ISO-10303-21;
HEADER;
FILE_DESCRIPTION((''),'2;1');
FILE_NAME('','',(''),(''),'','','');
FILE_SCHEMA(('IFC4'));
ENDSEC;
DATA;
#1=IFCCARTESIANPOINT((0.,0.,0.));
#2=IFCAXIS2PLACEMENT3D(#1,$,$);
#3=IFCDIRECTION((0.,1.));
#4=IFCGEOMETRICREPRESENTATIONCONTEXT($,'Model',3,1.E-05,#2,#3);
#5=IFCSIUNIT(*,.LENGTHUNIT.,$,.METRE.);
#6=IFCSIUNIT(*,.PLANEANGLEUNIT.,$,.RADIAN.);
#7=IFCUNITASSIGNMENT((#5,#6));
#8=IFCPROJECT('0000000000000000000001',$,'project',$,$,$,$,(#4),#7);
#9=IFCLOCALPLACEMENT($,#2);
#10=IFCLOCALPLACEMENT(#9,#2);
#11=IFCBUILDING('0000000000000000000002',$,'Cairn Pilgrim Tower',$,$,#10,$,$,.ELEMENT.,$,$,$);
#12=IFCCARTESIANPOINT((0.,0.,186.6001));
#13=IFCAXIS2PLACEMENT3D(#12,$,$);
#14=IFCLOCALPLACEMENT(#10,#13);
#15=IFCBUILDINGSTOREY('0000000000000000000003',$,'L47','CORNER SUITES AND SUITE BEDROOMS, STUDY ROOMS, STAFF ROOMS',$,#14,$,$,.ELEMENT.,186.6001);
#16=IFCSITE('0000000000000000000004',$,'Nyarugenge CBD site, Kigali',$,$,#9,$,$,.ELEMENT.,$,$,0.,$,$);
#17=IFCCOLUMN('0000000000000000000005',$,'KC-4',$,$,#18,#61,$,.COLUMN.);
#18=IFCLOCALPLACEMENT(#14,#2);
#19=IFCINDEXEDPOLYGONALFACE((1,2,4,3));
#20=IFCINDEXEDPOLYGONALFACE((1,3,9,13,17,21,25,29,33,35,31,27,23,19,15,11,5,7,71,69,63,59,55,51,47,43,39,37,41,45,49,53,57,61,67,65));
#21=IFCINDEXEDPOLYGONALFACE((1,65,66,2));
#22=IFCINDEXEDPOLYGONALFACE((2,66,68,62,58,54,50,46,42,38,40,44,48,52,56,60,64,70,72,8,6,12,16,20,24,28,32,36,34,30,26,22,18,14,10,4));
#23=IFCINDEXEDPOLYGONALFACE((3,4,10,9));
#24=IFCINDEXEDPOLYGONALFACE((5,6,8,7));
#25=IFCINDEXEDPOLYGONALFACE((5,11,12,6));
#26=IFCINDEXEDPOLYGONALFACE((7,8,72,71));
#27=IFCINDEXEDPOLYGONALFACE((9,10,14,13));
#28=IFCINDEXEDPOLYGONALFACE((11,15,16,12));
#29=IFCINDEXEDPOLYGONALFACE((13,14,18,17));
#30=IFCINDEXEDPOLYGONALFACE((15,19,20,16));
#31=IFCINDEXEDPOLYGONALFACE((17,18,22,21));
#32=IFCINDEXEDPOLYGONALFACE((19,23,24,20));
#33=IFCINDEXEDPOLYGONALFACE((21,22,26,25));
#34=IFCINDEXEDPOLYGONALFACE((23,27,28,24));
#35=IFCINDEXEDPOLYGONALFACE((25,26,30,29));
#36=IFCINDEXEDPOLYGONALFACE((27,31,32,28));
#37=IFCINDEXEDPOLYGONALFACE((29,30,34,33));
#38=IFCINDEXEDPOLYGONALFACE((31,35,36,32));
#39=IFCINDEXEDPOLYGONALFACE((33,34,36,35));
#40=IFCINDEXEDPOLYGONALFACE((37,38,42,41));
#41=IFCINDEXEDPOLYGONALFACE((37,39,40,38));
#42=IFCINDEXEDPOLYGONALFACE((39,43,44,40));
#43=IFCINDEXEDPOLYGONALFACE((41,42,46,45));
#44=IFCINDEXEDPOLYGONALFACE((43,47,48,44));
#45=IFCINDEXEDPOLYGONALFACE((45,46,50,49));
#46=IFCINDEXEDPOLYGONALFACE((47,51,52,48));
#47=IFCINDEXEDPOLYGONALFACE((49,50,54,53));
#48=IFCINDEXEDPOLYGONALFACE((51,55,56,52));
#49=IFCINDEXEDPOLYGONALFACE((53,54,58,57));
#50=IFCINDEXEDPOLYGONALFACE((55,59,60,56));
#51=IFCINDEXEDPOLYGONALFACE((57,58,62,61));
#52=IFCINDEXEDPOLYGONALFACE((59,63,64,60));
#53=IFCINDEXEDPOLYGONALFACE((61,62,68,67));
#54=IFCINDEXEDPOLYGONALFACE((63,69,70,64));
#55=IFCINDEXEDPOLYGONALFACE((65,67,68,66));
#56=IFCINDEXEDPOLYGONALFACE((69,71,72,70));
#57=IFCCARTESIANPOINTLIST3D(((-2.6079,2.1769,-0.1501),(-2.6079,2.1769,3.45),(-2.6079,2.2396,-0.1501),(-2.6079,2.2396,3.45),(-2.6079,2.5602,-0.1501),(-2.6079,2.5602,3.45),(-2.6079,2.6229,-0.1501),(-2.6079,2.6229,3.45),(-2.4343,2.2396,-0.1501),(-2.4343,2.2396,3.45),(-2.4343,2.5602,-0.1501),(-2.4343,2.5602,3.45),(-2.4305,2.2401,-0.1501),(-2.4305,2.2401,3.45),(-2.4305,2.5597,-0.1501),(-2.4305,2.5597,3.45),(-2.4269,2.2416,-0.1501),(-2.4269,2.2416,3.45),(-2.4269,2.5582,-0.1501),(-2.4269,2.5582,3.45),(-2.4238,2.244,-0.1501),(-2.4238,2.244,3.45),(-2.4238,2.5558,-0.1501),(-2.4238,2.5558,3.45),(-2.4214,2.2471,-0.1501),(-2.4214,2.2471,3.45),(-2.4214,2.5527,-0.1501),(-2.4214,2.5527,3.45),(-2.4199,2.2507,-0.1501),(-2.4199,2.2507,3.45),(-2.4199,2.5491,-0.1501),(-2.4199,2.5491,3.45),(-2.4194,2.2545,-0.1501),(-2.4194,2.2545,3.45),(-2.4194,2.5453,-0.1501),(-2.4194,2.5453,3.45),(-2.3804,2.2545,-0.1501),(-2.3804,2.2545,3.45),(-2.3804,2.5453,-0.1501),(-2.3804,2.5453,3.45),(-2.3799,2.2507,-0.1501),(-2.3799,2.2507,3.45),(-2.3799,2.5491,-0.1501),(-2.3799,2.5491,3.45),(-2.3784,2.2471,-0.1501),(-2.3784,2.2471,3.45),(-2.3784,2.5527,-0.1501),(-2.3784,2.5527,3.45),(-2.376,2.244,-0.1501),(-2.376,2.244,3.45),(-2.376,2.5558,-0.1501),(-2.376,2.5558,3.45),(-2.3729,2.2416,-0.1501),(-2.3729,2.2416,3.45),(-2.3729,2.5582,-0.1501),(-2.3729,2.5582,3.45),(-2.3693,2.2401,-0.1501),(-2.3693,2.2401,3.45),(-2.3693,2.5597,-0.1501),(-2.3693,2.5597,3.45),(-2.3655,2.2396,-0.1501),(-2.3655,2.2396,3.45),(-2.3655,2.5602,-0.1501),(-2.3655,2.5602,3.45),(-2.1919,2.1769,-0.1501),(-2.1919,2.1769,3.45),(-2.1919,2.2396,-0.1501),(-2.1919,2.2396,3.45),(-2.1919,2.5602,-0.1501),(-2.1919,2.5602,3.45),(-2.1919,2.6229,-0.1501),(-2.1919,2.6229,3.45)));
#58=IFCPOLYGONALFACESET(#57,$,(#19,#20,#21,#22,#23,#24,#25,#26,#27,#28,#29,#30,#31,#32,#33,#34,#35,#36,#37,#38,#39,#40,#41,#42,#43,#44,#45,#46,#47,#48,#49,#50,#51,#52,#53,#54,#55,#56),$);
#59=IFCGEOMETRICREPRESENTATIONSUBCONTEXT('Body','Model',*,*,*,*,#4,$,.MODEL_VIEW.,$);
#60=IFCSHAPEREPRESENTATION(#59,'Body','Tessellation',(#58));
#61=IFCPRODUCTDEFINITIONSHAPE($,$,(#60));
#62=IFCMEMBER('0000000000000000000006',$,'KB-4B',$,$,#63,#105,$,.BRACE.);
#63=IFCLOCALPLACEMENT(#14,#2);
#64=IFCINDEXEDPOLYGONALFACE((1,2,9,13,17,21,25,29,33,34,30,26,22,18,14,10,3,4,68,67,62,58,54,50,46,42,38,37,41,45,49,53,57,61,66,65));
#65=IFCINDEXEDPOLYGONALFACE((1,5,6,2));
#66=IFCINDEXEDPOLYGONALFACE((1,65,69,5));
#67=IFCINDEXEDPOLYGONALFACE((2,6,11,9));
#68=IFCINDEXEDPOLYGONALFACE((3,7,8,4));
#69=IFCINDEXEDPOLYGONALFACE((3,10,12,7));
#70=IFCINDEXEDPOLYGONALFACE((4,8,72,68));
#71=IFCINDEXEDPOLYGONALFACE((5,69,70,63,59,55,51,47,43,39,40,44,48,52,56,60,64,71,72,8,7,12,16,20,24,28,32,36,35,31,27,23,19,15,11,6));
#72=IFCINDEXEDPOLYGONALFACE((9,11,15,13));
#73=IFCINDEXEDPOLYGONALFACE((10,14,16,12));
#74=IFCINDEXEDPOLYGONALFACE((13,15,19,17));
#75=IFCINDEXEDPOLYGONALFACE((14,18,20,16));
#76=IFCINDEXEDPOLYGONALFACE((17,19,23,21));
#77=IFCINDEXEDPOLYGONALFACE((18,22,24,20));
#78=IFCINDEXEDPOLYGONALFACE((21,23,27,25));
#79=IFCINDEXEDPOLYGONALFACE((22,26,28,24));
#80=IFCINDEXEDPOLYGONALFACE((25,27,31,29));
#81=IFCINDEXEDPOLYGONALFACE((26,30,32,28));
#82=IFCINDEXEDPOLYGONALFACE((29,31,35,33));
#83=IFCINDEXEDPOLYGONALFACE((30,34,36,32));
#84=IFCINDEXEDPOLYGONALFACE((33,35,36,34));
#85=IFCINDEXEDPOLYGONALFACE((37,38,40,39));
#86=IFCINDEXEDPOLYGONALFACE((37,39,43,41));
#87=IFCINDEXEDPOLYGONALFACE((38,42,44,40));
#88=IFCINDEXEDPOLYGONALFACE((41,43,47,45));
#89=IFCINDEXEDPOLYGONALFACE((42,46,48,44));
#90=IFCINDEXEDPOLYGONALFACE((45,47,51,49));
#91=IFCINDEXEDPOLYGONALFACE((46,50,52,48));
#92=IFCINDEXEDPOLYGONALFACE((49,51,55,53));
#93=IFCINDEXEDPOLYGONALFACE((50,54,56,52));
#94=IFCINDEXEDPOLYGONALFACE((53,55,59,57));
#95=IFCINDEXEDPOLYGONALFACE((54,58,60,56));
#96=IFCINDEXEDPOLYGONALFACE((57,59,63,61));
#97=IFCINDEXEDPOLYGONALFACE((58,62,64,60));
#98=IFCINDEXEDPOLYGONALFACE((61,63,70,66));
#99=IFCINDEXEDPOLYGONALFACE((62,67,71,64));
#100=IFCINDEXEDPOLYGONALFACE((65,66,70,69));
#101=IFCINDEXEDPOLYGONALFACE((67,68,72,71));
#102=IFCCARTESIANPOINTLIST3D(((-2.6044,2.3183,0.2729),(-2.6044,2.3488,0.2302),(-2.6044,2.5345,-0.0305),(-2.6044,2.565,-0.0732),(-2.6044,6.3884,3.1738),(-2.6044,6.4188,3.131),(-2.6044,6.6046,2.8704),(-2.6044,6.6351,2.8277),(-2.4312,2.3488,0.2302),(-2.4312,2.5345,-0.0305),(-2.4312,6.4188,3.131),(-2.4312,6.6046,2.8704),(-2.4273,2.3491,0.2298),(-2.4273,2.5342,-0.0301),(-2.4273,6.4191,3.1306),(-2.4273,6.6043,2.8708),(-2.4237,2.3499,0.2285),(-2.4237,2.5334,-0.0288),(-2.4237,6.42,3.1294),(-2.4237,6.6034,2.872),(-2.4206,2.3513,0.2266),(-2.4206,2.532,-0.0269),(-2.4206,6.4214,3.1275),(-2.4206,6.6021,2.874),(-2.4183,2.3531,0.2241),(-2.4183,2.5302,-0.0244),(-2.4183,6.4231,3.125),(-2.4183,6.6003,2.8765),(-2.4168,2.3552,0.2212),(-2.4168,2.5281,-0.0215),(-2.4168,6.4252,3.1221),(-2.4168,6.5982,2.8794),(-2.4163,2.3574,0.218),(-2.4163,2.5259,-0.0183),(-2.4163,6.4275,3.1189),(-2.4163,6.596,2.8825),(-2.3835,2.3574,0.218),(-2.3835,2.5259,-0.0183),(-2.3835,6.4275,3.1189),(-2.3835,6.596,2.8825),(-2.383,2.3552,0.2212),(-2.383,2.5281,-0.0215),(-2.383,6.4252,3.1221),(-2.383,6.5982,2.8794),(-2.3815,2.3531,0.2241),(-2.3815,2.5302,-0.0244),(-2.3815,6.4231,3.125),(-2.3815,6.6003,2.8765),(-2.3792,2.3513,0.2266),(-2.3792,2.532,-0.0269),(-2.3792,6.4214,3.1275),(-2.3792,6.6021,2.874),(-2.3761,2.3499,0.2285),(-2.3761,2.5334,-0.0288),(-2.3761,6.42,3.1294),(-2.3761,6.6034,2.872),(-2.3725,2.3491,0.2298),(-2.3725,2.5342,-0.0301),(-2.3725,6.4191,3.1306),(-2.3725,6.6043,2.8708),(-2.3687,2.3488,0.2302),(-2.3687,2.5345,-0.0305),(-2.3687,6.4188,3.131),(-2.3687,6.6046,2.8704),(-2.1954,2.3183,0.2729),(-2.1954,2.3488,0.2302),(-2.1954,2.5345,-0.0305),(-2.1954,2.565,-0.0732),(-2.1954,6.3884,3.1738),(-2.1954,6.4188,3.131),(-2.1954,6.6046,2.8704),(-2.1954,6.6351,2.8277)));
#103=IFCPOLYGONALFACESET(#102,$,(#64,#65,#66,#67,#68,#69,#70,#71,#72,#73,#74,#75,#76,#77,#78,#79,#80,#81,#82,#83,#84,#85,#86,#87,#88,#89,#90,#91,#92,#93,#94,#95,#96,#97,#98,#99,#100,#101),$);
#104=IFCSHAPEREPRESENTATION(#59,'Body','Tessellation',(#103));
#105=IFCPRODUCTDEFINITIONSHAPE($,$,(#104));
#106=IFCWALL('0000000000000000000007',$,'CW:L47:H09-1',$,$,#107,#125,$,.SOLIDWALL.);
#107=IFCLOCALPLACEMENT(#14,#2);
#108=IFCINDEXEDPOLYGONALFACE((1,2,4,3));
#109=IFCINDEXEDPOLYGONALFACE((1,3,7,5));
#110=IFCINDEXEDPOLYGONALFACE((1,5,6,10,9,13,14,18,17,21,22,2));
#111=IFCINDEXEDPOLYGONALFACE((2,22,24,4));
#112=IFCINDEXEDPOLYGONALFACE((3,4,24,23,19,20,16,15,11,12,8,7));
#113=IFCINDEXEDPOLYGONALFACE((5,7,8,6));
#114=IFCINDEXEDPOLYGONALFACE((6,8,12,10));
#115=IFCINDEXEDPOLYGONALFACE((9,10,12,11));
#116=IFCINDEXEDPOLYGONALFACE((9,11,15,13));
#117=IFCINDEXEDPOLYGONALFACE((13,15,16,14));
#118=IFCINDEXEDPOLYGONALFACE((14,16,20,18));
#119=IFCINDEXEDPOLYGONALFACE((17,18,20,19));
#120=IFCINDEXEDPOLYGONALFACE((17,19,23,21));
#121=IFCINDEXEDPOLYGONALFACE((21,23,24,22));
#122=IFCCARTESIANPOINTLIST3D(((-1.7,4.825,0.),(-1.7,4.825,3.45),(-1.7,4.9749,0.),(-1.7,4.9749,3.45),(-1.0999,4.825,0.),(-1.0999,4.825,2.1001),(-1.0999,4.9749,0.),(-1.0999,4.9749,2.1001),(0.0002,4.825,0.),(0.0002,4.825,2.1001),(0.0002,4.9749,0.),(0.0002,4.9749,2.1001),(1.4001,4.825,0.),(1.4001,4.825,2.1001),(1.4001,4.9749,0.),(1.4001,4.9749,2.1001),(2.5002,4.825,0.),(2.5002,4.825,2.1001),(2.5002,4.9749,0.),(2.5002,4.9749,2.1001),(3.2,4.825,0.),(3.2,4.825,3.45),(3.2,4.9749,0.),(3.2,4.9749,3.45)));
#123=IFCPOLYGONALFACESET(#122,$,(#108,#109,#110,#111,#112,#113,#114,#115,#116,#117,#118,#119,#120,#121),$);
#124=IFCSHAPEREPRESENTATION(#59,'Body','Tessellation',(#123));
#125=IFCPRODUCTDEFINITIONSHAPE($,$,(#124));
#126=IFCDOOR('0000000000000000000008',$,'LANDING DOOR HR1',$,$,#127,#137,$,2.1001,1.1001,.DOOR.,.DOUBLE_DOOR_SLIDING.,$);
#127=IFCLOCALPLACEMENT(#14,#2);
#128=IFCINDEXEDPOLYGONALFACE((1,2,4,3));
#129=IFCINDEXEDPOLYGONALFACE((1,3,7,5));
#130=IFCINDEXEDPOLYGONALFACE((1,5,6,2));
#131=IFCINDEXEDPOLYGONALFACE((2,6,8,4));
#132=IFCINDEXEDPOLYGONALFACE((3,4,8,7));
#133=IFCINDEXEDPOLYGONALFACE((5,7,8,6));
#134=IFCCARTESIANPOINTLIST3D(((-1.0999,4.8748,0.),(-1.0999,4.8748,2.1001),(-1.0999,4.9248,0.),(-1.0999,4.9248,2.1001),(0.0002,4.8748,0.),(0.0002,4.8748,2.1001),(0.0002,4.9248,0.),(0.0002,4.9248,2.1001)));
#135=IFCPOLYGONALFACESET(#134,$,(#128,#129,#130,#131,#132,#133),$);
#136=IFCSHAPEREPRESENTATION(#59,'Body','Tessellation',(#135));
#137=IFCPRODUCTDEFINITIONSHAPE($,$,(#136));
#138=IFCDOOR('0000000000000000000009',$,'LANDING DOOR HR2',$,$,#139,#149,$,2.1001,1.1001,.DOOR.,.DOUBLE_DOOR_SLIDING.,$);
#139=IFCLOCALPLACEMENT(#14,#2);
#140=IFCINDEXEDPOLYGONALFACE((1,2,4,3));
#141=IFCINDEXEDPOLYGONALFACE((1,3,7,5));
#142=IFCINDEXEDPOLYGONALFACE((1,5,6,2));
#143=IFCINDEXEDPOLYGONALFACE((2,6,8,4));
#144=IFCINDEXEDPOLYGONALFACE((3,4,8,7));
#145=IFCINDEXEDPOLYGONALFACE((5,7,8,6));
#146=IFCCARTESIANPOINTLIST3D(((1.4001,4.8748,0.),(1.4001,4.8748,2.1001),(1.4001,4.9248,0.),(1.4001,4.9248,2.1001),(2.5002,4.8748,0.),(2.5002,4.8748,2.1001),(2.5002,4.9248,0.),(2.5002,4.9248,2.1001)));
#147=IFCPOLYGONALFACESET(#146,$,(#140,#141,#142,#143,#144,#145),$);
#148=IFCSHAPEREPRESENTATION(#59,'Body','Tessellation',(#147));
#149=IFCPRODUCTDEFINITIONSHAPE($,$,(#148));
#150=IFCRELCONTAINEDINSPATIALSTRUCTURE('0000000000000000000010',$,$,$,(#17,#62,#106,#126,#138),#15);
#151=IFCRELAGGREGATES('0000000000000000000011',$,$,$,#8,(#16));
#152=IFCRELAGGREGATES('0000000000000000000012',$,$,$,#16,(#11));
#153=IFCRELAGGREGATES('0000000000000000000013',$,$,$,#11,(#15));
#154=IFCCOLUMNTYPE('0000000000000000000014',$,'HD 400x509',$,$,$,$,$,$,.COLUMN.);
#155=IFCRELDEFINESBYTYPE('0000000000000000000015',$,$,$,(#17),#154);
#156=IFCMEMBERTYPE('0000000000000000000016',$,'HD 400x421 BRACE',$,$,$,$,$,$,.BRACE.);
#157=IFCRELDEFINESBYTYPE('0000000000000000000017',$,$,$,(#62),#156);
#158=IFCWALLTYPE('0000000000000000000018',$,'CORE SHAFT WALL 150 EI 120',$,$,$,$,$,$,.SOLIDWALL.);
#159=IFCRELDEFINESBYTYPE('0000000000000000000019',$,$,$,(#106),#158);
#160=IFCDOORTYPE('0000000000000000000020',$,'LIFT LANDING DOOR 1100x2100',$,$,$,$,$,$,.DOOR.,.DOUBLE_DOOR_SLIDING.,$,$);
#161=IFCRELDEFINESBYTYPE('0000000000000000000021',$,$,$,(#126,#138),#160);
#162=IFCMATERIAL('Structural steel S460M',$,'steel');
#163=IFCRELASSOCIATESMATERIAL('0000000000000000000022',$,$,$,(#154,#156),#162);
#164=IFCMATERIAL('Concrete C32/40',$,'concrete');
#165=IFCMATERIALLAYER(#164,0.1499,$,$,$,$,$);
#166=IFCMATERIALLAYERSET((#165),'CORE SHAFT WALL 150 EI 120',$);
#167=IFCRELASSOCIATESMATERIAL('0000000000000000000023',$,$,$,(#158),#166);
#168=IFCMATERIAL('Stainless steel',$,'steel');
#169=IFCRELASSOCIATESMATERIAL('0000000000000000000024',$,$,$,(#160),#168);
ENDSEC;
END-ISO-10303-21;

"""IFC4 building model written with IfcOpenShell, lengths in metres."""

from ifc_helpers import new_model, si_unit, direction, frame, frame_2d, origin, origin_2d, place, context, subcontext, project, spatial, rectangle, i_section, extrude, material, layer, layer_set, material_profile, profile_set, type_object, element, fill, save


model = new_model("IFC4")

# Units and contexts
model_context = context("Model", 3, precision=1e-05, world=origin(), true_north=direction((0.0, 1.0)))
body_context = subcontext(model_context, "Body", "Model", "MODEL_VIEW")
ifc_project = project(units=[si_unit("LENGTHUNIT", "METRE"), si_unit("PLANEANGLEUNIT", "RADIAN")], contexts=[model_context])

# Site, building, storey
site_placement = place(None, origin())
site = spatial("IfcSite", under=ifc_project, at=site_placement, Name="Nyarugenge CBD site, Kigali", CompositionType="ELEMENT", RefElevation=0.0)
building_placement = place(site_placement, origin())
building = spatial("IfcBuilding", under=site, at=building_placement, Name="Cairn Pilgrim Tower", CompositionType="ELEMENT")
storey_placement = place(building_placement, frame((0.0, 0.0, 186.6001)))
storey = spatial("IfcBuildingStorey", under=building, at=storey_placement, Name="L47", Description="CORNER SUITES AND SUITE BEDROOMS, STUDY ROOMS, STAFF ROOMS", CompositionType="ELEMENT", Elevation=186.6001)

# Column
ifc_material_1 = material(Name="Structural steel S460M", Category="steel")
ifc_material_profile_1 = material_profile(ifc_material_1, i_section(OverallWidth=0.416, OverallDepth=0.446, WebThickness=0.0391, FlangeThickness=0.0627, FilletRadius=0.0149, at=origin_2d()), Name="HD 400x509")
ifc_profile_set_1 = profile_set([ifc_material_profile_1], Name="Structural steel S460M")
column_type = type_object("IfcColumnType", Name="HD 400x509", PredefinedType="COLUMN", material=ifc_profile_set_1)
column_placement = place(storey_placement, frame((-2.3999, 2.3999, -0.1501), z_axis=(0.0, 0.0, 1.0), x_axis=(1.0, 0.0, 0.0)))
element("IfcColumn", 1, at=column_placement, inside=storey, type_object=column_type, Name="KC-4", PredefinedType="COLUMN", context=body_context, shape_type="SweptSolid", body=[
    extrude(i_section(OverallWidth=0.416, OverallDepth=0.446, WebThickness=0.0391, FlangeThickness=0.0627, FilletRadius=0.0149, at=origin_2d()), origin(), (0.0, 0.0, 1.0), 3.6001),
])

# Member
ifc_material_profile_2 = material_profile(ifc_material_1, i_section(OverallWidth=0.4089, OverallDepth=0.425, WebThickness=0.0327, FlangeThickness=0.0525, FilletRadius=0.0149, at=origin_2d()), Name="HD 400x421")
ifc_profile_set_2 = profile_set([ifc_material_profile_2], Name="Structural steel S460M")
member_type = type_object("IfcMemberType", Name="HD 400x421 BRACE", PredefinedType="BRACE", material=ifc_profile_set_2)
member_placement = place(storey_placement, frame((-2.3999, 2.4417, 0.0999), z_axis=(0.0, 0.81433, 0.580402), x_axis=(-1.0, 0.0, 0.0)))
element("IfcMember", 2, at=member_placement, inside=storey, type_object=member_type, Name="KB-4B", PredefinedType="BRACE", context=body_context, shape_type="SweptSolid", body=[
    extrude(i_section(OverallWidth=0.4089, OverallDepth=0.425, WebThickness=0.0327, FlangeThickness=0.0525, FilletRadius=0.0149, at=origin_2d()), origin(), (0.0, 0.0, 1.0), 4.998),
])

# Wall, openings, doors
ifc_material_2 = material(Name="Concrete C32/40", Category="concrete")
ifc_layer_1 = layer(ifc_material_2, 0.1499)
ifc_layer_set_1 = layer_set([ifc_layer_1], Name="CORE SHAFT WALL 150 EI 120")
wall_type_1 = type_object("IfcWallType", Name="CORE SHAFT WALL 150 EI 120", PredefinedType="SOLIDWALL", material=ifc_layer_set_1)
wall_1_placement = place(storey_placement, frame((-1.7, 4.8999, 0.0), z_axis=(0.0, 0.0, 1.0), x_axis=(1.0, 0.0, 0.0)))
wall_1 = element("IfcWall", 3, at=wall_1_placement, inside=storey, type_object=wall_type_1, Name="CW:L47:H09-1", PredefinedType="SOLIDWALL", context=body_context, shape_type="SweptSolid", body=[
    extrude(rectangle(XDim=4.8999, YDim=0.1499, at=frame_2d((2.45, 0.0))), origin(), (0.0, 0.0, 1.0), 3.45),
])
opening_1_placement = place(wall_1_placement, frame((0.6001, 0.0, 0.0)))
opening_1 = element("IfcOpeningElement", 4, at=opening_1_placement, cuts=wall_1, PredefinedType="OPENING", context=body_context, shape_type="SweptSolid", body=[
    extrude(rectangle(XDim=1.1001, YDim=2.1001, at=frame_2d((0.55, 1.05))), frame((0.0, 0.085, 0.0), z_axis=(0.0, -1.0, 0.0), x_axis=(1.0, 0.0, 0.0)), (0.0, 0.0, 1.0), 0.1699),
])
opening_2_placement = place(wall_1_placement, frame((3.1001, 0.0, 0.0)))
opening_2 = element("IfcOpeningElement", 5, at=opening_2_placement, cuts=wall_1, PredefinedType="OPENING", context=body_context, shape_type="SweptSolid", body=[
    extrude(rectangle(XDim=1.1001, YDim=2.1001, at=frame_2d((0.55, 1.05))), frame((0.0, 0.085, 0.0), z_axis=(0.0, -1.0, 0.0), x_axis=(1.0, 0.0, 0.0)), (0.0, 0.0, 1.0), 0.1699),
])
ifc_material_3 = material(Name="Stainless steel", Category="steel")
door_type_1 = type_object("IfcDoorType", Name="LIFT LANDING DOOR 1100x2100", OperationType="DOUBLE_DOOR_SLIDING", PredefinedType="DOOR", material=ifc_material_3)
door_1_placement = place(opening_1_placement, origin())
door_1 = element("IfcDoor", 6, at=door_1_placement, inside=storey, type_object=door_type_1, Name="LANDING DOOR HR1", OperationType="DOUBLE_DOOR_SLIDING", OverallHeight=2.1001, OverallWidth=1.1001, PredefinedType="DOOR", context=body_context, shape_type="SweptSolid", body=[
    extrude(rectangle(XDim=1.1001, YDim=2.1001, at=frame_2d((0.55, 1.05))), frame((0.0, 0.0249, 0.0), z_axis=(0.0, -1.0, 0.0), x_axis=(1.0, 0.0, 0.0)), (0.0, 0.0, 1.0), 0.05),
])
fill(opening_1, door_1)
door_2_placement = place(opening_2_placement, origin())
door_2 = element("IfcDoor", 7, at=door_2_placement, inside=storey, type_object=door_type_1, Name="LANDING DOOR HR2", OperationType="DOUBLE_DOOR_SLIDING", OverallHeight=2.1001, OverallWidth=1.1001, PredefinedType="DOOR", context=body_context, shape_type="SweptSolid", body=[
    extrude(rectangle(XDim=1.1001, YDim=2.1001, at=frame_2d((0.55, 1.05))), frame((0.0, 0.0249, 0.0), z_axis=(0.0, -1.0, 0.0), x_axis=(1.0, 0.0, 0.0)), (0.0, 0.0, 1.0), 0.05),
])
fill(opening_2, door_2)

save(model, "model.ifc")
